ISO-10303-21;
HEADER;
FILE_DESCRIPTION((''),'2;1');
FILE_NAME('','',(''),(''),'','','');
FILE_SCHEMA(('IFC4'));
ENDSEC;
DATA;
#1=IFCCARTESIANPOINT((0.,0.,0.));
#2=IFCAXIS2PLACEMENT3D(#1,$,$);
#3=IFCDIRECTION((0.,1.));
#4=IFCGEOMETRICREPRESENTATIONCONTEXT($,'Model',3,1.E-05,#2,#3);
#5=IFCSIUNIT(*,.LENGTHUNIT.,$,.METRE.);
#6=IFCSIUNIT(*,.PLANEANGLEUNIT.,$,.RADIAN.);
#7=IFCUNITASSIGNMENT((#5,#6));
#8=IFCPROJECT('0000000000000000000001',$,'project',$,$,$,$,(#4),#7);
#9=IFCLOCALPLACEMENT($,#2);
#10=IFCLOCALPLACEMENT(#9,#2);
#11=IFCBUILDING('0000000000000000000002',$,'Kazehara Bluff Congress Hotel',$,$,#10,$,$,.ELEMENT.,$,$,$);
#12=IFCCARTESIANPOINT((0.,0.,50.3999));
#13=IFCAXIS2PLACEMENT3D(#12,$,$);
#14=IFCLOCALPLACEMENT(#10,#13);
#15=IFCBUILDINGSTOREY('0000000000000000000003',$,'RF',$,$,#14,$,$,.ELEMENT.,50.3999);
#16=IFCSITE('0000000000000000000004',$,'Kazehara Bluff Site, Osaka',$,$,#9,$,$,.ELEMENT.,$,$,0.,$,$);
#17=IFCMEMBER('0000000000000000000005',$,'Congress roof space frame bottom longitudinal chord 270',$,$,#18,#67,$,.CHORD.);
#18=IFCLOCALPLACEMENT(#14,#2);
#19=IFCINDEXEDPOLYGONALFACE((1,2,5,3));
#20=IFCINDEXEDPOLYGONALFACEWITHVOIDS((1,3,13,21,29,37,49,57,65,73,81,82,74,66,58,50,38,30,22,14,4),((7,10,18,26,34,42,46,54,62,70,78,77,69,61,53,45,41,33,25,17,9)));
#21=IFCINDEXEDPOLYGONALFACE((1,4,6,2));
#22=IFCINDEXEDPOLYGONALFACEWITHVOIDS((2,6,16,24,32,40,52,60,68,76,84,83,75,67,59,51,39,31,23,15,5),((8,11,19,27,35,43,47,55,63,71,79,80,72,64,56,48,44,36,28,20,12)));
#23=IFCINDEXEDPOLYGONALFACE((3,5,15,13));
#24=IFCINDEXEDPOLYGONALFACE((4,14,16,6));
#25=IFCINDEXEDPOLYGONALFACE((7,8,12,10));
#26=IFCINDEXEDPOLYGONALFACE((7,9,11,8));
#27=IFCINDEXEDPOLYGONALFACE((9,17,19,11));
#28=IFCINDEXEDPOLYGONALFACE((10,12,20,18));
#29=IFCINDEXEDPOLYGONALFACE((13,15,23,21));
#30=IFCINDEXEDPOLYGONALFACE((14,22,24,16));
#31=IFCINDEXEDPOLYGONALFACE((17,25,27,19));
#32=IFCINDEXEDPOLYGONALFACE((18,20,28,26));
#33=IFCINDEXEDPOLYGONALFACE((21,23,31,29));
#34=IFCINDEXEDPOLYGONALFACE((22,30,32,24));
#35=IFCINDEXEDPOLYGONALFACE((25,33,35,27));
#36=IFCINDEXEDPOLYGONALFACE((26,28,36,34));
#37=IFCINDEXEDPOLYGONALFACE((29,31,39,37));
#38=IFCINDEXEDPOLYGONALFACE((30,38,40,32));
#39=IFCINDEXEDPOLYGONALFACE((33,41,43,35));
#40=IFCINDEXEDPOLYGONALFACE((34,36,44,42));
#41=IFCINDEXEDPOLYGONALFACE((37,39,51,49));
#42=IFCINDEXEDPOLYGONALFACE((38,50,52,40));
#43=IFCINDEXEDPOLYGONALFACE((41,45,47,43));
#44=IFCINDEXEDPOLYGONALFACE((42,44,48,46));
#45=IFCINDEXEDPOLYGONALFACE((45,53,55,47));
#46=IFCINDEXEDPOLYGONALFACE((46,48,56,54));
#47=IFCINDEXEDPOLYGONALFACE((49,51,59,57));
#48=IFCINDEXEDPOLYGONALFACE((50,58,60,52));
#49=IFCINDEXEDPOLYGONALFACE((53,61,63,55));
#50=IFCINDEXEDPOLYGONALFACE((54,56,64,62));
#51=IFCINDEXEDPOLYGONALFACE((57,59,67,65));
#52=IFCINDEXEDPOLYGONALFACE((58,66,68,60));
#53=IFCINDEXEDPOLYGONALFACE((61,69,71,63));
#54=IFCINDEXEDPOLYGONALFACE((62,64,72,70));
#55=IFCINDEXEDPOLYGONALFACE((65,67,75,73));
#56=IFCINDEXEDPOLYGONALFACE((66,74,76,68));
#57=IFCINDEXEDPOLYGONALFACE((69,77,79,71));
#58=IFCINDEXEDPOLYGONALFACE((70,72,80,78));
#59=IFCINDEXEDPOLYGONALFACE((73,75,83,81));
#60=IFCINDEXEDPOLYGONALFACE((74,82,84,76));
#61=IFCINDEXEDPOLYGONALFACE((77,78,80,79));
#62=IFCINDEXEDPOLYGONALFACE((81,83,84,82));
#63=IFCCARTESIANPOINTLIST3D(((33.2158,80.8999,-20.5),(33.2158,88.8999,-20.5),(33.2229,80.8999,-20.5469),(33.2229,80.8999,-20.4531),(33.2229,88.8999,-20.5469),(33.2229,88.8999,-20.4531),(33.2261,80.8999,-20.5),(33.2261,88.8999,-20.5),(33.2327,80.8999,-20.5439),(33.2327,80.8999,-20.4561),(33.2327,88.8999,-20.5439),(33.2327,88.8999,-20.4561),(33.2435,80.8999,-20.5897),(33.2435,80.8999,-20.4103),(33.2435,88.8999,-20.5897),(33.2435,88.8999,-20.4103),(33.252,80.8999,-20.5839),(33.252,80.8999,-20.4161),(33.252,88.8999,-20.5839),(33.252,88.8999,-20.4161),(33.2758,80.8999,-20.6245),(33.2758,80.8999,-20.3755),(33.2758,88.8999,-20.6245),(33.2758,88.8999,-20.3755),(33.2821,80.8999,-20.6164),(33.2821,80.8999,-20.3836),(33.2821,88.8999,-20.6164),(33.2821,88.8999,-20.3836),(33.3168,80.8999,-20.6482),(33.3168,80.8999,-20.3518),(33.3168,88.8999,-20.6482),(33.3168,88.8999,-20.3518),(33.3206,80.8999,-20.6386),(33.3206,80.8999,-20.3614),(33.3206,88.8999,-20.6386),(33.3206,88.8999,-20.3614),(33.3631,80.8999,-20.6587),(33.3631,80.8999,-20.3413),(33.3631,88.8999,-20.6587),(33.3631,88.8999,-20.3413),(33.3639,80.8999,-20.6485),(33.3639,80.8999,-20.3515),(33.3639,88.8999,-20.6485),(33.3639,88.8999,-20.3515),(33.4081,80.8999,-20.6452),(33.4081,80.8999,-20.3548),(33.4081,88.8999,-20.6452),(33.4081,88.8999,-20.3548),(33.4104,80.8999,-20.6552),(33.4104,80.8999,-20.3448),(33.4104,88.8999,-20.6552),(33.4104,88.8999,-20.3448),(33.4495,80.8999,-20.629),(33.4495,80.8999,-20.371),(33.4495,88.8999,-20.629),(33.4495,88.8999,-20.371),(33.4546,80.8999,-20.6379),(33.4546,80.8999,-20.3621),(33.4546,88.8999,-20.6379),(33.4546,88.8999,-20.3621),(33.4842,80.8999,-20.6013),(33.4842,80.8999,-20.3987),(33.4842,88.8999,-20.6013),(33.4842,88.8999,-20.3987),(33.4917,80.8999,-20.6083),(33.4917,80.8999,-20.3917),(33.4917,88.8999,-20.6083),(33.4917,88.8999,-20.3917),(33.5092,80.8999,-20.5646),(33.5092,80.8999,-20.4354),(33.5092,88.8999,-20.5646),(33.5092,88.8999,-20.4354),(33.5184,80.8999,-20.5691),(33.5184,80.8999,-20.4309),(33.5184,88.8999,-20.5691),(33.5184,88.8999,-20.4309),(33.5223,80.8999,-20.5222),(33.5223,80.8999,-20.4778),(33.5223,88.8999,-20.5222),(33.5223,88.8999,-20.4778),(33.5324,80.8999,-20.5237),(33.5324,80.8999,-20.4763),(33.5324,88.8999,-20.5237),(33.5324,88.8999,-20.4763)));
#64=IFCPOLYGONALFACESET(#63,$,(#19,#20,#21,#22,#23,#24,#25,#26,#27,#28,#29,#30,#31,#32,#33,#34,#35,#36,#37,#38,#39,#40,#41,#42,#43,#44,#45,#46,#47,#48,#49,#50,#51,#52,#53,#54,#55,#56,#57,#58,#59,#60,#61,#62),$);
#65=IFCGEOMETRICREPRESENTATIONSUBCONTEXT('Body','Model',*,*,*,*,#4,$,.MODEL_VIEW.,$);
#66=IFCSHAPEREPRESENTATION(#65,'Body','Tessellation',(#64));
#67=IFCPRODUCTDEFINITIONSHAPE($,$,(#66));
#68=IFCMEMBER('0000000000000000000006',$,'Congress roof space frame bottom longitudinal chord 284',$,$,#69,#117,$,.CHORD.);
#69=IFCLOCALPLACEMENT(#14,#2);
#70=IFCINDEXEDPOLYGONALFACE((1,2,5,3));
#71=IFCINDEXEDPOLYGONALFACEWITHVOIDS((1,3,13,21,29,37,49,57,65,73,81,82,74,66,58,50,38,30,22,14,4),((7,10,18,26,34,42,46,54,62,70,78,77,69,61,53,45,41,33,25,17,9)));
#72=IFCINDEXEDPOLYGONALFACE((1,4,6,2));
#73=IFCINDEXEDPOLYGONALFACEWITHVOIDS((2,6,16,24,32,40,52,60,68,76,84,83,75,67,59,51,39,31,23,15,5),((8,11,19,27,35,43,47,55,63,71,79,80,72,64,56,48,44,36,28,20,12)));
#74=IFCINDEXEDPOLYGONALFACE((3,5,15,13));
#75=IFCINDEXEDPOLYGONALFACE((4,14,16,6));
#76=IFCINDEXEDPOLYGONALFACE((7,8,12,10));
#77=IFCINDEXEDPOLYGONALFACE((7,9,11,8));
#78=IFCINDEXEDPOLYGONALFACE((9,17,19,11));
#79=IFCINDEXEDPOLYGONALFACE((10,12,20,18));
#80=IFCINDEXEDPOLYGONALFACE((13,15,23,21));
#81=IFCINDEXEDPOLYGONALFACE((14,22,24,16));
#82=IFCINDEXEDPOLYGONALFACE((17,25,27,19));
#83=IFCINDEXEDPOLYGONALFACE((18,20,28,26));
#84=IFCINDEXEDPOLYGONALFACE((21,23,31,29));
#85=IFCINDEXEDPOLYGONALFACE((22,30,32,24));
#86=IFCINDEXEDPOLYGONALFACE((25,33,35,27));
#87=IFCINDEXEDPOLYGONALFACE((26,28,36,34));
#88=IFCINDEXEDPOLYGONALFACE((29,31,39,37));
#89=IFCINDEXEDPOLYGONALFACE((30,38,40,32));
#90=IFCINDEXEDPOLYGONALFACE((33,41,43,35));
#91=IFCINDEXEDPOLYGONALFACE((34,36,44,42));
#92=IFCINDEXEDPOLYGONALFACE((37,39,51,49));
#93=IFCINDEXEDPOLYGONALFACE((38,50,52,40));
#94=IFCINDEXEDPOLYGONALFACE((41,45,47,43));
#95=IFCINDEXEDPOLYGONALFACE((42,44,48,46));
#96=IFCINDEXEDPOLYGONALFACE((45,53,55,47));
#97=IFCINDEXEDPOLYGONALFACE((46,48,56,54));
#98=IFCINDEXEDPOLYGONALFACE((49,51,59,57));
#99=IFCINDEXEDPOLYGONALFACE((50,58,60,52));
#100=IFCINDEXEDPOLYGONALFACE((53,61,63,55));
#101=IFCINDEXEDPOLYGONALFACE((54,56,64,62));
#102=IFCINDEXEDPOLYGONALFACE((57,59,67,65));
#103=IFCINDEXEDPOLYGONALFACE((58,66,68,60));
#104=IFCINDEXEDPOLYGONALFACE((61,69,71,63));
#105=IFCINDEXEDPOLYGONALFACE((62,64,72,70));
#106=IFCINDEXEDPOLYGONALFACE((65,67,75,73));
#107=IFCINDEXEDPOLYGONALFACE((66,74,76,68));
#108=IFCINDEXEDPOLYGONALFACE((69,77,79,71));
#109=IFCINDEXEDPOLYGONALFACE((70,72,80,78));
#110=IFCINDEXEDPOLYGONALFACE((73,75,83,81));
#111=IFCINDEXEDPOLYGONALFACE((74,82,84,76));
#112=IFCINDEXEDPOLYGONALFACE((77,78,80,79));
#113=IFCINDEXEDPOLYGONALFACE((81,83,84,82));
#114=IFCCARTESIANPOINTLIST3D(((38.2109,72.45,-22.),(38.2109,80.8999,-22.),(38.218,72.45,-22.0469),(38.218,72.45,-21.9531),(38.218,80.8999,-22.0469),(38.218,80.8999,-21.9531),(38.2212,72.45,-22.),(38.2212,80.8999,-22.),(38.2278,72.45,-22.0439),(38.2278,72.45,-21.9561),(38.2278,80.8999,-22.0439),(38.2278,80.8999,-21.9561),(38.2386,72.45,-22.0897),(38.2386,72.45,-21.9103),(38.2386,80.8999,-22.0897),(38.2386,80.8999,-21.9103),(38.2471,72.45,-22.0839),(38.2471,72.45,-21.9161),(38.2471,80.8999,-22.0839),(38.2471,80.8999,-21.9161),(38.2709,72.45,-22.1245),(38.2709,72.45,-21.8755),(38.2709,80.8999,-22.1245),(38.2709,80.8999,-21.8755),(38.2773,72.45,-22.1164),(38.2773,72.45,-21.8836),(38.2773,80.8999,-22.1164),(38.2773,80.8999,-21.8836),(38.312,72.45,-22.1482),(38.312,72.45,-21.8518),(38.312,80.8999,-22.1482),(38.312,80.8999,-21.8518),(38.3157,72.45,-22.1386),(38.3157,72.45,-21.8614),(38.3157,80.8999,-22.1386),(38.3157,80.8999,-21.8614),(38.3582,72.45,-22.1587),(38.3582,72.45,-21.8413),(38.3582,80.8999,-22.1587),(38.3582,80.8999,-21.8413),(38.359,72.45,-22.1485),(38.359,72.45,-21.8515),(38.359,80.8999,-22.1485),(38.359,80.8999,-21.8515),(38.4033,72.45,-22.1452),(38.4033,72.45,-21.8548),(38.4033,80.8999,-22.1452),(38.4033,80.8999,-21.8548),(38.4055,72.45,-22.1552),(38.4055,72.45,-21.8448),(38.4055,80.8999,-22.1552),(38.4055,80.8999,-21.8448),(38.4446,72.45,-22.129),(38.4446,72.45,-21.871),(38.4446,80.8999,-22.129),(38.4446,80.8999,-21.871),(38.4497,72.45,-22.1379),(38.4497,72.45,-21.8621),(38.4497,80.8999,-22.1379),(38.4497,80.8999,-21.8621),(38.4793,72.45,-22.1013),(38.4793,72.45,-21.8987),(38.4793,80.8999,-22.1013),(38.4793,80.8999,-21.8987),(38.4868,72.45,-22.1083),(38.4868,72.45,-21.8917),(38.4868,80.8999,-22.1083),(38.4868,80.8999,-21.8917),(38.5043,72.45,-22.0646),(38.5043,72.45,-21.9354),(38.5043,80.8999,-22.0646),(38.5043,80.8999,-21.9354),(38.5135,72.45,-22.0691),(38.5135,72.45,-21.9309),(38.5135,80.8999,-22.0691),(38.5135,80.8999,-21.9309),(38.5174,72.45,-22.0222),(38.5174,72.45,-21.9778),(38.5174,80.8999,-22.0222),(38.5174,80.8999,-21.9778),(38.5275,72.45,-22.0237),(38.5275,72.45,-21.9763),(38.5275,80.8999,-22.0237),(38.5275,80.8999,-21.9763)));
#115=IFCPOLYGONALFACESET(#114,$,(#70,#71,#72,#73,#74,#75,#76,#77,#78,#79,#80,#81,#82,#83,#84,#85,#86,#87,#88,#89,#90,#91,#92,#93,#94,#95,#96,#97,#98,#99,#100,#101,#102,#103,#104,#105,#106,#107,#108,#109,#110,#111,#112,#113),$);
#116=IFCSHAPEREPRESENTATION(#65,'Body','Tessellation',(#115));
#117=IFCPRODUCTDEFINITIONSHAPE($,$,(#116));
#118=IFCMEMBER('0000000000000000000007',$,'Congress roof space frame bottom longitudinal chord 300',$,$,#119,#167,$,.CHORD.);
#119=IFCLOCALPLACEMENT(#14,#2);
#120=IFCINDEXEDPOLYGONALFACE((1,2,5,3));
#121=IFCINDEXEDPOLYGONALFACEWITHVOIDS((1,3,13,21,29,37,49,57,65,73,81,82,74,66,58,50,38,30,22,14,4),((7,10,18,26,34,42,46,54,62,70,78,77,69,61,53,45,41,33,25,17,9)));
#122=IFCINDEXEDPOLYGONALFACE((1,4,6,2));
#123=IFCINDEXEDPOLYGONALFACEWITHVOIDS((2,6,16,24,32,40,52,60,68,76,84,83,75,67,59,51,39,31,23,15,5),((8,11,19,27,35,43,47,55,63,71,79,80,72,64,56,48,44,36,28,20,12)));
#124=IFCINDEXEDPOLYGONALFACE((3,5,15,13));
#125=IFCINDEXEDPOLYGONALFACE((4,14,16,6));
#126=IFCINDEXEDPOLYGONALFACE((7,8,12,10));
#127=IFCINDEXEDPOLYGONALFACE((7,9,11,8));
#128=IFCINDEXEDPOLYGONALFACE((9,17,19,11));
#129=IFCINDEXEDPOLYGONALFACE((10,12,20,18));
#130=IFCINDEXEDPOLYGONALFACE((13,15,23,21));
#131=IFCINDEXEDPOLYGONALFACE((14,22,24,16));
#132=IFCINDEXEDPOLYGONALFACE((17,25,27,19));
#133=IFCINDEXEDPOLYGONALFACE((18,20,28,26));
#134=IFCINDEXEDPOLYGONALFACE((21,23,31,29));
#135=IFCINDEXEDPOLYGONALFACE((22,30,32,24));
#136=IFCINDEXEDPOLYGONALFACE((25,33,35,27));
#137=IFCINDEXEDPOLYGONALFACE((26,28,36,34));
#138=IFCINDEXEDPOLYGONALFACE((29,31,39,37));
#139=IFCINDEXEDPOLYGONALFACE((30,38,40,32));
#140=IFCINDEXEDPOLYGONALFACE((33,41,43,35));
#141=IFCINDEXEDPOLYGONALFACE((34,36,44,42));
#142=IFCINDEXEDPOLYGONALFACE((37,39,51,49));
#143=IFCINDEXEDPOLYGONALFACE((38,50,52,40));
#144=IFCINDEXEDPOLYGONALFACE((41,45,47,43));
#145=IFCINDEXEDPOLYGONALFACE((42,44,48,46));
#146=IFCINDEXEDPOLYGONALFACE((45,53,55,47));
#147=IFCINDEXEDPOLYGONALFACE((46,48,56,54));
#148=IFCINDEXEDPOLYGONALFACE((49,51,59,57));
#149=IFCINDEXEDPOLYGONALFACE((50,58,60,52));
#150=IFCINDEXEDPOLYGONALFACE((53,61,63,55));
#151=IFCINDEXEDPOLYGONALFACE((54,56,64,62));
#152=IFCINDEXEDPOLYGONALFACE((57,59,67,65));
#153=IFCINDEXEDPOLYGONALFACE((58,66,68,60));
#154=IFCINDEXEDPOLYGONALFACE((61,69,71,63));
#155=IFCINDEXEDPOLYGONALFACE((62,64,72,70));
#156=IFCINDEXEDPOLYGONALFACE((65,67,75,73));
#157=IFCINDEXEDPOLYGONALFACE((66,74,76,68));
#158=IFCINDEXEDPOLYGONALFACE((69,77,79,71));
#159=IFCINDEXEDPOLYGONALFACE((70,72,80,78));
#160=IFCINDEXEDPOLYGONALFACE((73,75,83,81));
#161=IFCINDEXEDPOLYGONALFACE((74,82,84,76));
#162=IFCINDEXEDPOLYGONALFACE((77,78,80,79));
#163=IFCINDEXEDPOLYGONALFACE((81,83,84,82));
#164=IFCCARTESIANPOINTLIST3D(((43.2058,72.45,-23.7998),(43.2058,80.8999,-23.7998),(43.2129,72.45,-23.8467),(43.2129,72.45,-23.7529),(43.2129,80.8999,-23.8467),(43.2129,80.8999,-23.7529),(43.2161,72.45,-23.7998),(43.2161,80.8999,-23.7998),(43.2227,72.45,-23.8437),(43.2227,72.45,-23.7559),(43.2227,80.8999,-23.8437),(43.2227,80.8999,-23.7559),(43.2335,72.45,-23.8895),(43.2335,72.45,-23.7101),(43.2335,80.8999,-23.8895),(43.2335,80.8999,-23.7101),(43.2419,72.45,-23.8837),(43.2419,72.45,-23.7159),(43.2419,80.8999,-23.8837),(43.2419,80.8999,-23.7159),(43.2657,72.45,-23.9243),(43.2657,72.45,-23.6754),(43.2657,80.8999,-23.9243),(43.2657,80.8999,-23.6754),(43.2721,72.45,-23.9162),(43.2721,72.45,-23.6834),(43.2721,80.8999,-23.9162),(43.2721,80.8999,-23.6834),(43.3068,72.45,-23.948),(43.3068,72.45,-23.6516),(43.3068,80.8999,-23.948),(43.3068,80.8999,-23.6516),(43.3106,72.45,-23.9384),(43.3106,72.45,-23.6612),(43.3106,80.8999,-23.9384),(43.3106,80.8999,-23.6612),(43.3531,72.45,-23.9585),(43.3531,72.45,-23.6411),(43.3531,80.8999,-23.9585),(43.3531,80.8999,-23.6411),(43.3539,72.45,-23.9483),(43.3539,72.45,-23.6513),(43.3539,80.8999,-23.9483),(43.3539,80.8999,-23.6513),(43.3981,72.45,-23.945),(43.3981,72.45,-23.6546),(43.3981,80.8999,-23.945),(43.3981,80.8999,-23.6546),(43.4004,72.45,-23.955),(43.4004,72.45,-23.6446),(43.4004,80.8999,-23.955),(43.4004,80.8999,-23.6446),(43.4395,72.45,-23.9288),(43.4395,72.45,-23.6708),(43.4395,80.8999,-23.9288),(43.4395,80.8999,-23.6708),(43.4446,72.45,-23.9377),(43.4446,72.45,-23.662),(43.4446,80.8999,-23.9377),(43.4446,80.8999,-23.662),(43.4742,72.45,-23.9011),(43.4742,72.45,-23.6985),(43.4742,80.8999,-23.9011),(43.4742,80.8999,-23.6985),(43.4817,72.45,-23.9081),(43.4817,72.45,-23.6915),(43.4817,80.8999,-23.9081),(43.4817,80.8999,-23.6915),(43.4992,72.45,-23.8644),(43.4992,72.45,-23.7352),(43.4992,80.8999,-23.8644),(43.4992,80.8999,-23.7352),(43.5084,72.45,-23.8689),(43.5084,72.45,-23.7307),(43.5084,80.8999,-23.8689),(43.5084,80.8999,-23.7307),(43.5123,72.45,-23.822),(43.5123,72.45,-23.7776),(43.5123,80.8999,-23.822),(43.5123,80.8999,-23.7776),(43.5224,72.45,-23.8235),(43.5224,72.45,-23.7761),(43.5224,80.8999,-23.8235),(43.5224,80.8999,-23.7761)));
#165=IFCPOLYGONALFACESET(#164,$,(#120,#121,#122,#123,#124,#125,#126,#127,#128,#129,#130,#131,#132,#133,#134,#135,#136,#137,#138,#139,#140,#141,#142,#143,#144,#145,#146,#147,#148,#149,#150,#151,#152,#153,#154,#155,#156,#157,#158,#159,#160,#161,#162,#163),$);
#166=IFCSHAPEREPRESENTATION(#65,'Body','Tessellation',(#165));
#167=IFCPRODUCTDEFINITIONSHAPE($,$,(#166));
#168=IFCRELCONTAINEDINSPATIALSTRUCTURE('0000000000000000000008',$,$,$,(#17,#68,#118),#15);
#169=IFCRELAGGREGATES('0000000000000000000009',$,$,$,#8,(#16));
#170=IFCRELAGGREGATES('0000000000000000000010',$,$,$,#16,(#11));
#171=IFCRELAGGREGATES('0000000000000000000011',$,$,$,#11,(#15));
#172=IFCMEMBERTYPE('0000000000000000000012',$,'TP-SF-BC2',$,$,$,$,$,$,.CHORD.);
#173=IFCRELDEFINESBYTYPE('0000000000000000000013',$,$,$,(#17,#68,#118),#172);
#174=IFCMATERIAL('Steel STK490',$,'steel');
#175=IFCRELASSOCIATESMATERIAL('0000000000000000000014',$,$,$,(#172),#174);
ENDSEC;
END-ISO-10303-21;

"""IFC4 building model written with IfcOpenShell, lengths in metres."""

from ifc_helpers import new_model, si_unit, direction, frame, origin, origin_2d, place, context, subcontext, project, spatial, hollow_circle, extrude, material, material_profile, profile_set, type_object, element, save


model = new_model("IFC4")

# Units and contexts
model_context = context("Model", 3, precision=1e-05, world=origin(), true_north=direction((0.0, 1.0)))
body_context = subcontext(model_context, "Body", "Model", "MODEL_VIEW")
ifc_project = project(units=[si_unit("LENGTHUNIT", "METRE"), si_unit("PLANEANGLEUNIT", "RADIAN")], contexts=[model_context])

# Site, building, storey
site_placement = place(None, origin())
site = spatial("IfcSite", under=ifc_project, at=site_placement, Name="Kazehara Bluff Site, Osaka", CompositionType="ELEMENT", RefElevation=0.0)
building_placement = place(site_placement, origin())
building = spatial("IfcBuilding", under=site, at=building_placement, Name="Kazehara Bluff Congress Hotel", CompositionType="ELEMENT")
storey_placement = place(building_placement, frame((0.0, 0.0, 50.3999)))
storey = spatial("IfcBuildingStorey", under=building, at=storey_placement, Name="RF", CompositionType="ELEMENT", Elevation=50.3999)

# Members
ifc_material_1 = material(Name="Steel STK490", Category="steel")
ifc_material_profile_1 = material_profile(ifc_material_1, hollow_circle(Radius=0.1592, WallThickness=0.0103, at=origin_2d()))
ifc_profile_set_1 = profile_set([ifc_material_profile_1], Name="Steel STK490")
member_type_1 = type_object("IfcMemberType", Name="TP-SF-BC2", PredefinedType="CHORD", material=ifc_profile_set_1)
member_1_placement = place(storey_placement, frame((33.375, 80.8999, -20.5), z_axis=(0.0, 1.0, 0.0), x_axis=(-1.0, 0.0, 0.0)))
element("IfcMember", 1, at=member_1_placement, inside=storey, type_object=member_type_1, Name="Congress roof space frame bottom longitudinal chord 270", PredefinedType="CHORD", context=body_context, shape_type="SweptSolid", body=[
    extrude(hollow_circle(Radius=0.1592, WallThickness=0.0103, at=origin_2d()), origin(), (0.0, 0.0, 1.0), 8.0),
])
for number, where, z_axis, x_axis, name in (
    (2, (38.3701, 72.45, -22.0), (0.0, 1.0, 0.0), (-1.0, 0.0, 0.0), "Congress roof space frame bottom longitudinal chord 284"),
    (3, (43.365, 72.45, -23.7998), (0.0, 1.0, 0.0), (-1.0, 0.0, 0.0), "Congress roof space frame bottom longitudinal chord 300"),
):
    element("IfcMember", number, at=place(storey_placement, frame(where, z_axis=z_axis, x_axis=x_axis)), inside=storey, type_object=member_type_1, Name=name, PredefinedType="CHORD", context=body_context, shape_type="SweptSolid", body=[
        extrude(hollow_circle(Radius=0.1592, WallThickness=0.0103, at=origin_2d()), origin(), (0.0, 0.0, 1.0), 8.45),
    ])

save(model, "model.ifc")
